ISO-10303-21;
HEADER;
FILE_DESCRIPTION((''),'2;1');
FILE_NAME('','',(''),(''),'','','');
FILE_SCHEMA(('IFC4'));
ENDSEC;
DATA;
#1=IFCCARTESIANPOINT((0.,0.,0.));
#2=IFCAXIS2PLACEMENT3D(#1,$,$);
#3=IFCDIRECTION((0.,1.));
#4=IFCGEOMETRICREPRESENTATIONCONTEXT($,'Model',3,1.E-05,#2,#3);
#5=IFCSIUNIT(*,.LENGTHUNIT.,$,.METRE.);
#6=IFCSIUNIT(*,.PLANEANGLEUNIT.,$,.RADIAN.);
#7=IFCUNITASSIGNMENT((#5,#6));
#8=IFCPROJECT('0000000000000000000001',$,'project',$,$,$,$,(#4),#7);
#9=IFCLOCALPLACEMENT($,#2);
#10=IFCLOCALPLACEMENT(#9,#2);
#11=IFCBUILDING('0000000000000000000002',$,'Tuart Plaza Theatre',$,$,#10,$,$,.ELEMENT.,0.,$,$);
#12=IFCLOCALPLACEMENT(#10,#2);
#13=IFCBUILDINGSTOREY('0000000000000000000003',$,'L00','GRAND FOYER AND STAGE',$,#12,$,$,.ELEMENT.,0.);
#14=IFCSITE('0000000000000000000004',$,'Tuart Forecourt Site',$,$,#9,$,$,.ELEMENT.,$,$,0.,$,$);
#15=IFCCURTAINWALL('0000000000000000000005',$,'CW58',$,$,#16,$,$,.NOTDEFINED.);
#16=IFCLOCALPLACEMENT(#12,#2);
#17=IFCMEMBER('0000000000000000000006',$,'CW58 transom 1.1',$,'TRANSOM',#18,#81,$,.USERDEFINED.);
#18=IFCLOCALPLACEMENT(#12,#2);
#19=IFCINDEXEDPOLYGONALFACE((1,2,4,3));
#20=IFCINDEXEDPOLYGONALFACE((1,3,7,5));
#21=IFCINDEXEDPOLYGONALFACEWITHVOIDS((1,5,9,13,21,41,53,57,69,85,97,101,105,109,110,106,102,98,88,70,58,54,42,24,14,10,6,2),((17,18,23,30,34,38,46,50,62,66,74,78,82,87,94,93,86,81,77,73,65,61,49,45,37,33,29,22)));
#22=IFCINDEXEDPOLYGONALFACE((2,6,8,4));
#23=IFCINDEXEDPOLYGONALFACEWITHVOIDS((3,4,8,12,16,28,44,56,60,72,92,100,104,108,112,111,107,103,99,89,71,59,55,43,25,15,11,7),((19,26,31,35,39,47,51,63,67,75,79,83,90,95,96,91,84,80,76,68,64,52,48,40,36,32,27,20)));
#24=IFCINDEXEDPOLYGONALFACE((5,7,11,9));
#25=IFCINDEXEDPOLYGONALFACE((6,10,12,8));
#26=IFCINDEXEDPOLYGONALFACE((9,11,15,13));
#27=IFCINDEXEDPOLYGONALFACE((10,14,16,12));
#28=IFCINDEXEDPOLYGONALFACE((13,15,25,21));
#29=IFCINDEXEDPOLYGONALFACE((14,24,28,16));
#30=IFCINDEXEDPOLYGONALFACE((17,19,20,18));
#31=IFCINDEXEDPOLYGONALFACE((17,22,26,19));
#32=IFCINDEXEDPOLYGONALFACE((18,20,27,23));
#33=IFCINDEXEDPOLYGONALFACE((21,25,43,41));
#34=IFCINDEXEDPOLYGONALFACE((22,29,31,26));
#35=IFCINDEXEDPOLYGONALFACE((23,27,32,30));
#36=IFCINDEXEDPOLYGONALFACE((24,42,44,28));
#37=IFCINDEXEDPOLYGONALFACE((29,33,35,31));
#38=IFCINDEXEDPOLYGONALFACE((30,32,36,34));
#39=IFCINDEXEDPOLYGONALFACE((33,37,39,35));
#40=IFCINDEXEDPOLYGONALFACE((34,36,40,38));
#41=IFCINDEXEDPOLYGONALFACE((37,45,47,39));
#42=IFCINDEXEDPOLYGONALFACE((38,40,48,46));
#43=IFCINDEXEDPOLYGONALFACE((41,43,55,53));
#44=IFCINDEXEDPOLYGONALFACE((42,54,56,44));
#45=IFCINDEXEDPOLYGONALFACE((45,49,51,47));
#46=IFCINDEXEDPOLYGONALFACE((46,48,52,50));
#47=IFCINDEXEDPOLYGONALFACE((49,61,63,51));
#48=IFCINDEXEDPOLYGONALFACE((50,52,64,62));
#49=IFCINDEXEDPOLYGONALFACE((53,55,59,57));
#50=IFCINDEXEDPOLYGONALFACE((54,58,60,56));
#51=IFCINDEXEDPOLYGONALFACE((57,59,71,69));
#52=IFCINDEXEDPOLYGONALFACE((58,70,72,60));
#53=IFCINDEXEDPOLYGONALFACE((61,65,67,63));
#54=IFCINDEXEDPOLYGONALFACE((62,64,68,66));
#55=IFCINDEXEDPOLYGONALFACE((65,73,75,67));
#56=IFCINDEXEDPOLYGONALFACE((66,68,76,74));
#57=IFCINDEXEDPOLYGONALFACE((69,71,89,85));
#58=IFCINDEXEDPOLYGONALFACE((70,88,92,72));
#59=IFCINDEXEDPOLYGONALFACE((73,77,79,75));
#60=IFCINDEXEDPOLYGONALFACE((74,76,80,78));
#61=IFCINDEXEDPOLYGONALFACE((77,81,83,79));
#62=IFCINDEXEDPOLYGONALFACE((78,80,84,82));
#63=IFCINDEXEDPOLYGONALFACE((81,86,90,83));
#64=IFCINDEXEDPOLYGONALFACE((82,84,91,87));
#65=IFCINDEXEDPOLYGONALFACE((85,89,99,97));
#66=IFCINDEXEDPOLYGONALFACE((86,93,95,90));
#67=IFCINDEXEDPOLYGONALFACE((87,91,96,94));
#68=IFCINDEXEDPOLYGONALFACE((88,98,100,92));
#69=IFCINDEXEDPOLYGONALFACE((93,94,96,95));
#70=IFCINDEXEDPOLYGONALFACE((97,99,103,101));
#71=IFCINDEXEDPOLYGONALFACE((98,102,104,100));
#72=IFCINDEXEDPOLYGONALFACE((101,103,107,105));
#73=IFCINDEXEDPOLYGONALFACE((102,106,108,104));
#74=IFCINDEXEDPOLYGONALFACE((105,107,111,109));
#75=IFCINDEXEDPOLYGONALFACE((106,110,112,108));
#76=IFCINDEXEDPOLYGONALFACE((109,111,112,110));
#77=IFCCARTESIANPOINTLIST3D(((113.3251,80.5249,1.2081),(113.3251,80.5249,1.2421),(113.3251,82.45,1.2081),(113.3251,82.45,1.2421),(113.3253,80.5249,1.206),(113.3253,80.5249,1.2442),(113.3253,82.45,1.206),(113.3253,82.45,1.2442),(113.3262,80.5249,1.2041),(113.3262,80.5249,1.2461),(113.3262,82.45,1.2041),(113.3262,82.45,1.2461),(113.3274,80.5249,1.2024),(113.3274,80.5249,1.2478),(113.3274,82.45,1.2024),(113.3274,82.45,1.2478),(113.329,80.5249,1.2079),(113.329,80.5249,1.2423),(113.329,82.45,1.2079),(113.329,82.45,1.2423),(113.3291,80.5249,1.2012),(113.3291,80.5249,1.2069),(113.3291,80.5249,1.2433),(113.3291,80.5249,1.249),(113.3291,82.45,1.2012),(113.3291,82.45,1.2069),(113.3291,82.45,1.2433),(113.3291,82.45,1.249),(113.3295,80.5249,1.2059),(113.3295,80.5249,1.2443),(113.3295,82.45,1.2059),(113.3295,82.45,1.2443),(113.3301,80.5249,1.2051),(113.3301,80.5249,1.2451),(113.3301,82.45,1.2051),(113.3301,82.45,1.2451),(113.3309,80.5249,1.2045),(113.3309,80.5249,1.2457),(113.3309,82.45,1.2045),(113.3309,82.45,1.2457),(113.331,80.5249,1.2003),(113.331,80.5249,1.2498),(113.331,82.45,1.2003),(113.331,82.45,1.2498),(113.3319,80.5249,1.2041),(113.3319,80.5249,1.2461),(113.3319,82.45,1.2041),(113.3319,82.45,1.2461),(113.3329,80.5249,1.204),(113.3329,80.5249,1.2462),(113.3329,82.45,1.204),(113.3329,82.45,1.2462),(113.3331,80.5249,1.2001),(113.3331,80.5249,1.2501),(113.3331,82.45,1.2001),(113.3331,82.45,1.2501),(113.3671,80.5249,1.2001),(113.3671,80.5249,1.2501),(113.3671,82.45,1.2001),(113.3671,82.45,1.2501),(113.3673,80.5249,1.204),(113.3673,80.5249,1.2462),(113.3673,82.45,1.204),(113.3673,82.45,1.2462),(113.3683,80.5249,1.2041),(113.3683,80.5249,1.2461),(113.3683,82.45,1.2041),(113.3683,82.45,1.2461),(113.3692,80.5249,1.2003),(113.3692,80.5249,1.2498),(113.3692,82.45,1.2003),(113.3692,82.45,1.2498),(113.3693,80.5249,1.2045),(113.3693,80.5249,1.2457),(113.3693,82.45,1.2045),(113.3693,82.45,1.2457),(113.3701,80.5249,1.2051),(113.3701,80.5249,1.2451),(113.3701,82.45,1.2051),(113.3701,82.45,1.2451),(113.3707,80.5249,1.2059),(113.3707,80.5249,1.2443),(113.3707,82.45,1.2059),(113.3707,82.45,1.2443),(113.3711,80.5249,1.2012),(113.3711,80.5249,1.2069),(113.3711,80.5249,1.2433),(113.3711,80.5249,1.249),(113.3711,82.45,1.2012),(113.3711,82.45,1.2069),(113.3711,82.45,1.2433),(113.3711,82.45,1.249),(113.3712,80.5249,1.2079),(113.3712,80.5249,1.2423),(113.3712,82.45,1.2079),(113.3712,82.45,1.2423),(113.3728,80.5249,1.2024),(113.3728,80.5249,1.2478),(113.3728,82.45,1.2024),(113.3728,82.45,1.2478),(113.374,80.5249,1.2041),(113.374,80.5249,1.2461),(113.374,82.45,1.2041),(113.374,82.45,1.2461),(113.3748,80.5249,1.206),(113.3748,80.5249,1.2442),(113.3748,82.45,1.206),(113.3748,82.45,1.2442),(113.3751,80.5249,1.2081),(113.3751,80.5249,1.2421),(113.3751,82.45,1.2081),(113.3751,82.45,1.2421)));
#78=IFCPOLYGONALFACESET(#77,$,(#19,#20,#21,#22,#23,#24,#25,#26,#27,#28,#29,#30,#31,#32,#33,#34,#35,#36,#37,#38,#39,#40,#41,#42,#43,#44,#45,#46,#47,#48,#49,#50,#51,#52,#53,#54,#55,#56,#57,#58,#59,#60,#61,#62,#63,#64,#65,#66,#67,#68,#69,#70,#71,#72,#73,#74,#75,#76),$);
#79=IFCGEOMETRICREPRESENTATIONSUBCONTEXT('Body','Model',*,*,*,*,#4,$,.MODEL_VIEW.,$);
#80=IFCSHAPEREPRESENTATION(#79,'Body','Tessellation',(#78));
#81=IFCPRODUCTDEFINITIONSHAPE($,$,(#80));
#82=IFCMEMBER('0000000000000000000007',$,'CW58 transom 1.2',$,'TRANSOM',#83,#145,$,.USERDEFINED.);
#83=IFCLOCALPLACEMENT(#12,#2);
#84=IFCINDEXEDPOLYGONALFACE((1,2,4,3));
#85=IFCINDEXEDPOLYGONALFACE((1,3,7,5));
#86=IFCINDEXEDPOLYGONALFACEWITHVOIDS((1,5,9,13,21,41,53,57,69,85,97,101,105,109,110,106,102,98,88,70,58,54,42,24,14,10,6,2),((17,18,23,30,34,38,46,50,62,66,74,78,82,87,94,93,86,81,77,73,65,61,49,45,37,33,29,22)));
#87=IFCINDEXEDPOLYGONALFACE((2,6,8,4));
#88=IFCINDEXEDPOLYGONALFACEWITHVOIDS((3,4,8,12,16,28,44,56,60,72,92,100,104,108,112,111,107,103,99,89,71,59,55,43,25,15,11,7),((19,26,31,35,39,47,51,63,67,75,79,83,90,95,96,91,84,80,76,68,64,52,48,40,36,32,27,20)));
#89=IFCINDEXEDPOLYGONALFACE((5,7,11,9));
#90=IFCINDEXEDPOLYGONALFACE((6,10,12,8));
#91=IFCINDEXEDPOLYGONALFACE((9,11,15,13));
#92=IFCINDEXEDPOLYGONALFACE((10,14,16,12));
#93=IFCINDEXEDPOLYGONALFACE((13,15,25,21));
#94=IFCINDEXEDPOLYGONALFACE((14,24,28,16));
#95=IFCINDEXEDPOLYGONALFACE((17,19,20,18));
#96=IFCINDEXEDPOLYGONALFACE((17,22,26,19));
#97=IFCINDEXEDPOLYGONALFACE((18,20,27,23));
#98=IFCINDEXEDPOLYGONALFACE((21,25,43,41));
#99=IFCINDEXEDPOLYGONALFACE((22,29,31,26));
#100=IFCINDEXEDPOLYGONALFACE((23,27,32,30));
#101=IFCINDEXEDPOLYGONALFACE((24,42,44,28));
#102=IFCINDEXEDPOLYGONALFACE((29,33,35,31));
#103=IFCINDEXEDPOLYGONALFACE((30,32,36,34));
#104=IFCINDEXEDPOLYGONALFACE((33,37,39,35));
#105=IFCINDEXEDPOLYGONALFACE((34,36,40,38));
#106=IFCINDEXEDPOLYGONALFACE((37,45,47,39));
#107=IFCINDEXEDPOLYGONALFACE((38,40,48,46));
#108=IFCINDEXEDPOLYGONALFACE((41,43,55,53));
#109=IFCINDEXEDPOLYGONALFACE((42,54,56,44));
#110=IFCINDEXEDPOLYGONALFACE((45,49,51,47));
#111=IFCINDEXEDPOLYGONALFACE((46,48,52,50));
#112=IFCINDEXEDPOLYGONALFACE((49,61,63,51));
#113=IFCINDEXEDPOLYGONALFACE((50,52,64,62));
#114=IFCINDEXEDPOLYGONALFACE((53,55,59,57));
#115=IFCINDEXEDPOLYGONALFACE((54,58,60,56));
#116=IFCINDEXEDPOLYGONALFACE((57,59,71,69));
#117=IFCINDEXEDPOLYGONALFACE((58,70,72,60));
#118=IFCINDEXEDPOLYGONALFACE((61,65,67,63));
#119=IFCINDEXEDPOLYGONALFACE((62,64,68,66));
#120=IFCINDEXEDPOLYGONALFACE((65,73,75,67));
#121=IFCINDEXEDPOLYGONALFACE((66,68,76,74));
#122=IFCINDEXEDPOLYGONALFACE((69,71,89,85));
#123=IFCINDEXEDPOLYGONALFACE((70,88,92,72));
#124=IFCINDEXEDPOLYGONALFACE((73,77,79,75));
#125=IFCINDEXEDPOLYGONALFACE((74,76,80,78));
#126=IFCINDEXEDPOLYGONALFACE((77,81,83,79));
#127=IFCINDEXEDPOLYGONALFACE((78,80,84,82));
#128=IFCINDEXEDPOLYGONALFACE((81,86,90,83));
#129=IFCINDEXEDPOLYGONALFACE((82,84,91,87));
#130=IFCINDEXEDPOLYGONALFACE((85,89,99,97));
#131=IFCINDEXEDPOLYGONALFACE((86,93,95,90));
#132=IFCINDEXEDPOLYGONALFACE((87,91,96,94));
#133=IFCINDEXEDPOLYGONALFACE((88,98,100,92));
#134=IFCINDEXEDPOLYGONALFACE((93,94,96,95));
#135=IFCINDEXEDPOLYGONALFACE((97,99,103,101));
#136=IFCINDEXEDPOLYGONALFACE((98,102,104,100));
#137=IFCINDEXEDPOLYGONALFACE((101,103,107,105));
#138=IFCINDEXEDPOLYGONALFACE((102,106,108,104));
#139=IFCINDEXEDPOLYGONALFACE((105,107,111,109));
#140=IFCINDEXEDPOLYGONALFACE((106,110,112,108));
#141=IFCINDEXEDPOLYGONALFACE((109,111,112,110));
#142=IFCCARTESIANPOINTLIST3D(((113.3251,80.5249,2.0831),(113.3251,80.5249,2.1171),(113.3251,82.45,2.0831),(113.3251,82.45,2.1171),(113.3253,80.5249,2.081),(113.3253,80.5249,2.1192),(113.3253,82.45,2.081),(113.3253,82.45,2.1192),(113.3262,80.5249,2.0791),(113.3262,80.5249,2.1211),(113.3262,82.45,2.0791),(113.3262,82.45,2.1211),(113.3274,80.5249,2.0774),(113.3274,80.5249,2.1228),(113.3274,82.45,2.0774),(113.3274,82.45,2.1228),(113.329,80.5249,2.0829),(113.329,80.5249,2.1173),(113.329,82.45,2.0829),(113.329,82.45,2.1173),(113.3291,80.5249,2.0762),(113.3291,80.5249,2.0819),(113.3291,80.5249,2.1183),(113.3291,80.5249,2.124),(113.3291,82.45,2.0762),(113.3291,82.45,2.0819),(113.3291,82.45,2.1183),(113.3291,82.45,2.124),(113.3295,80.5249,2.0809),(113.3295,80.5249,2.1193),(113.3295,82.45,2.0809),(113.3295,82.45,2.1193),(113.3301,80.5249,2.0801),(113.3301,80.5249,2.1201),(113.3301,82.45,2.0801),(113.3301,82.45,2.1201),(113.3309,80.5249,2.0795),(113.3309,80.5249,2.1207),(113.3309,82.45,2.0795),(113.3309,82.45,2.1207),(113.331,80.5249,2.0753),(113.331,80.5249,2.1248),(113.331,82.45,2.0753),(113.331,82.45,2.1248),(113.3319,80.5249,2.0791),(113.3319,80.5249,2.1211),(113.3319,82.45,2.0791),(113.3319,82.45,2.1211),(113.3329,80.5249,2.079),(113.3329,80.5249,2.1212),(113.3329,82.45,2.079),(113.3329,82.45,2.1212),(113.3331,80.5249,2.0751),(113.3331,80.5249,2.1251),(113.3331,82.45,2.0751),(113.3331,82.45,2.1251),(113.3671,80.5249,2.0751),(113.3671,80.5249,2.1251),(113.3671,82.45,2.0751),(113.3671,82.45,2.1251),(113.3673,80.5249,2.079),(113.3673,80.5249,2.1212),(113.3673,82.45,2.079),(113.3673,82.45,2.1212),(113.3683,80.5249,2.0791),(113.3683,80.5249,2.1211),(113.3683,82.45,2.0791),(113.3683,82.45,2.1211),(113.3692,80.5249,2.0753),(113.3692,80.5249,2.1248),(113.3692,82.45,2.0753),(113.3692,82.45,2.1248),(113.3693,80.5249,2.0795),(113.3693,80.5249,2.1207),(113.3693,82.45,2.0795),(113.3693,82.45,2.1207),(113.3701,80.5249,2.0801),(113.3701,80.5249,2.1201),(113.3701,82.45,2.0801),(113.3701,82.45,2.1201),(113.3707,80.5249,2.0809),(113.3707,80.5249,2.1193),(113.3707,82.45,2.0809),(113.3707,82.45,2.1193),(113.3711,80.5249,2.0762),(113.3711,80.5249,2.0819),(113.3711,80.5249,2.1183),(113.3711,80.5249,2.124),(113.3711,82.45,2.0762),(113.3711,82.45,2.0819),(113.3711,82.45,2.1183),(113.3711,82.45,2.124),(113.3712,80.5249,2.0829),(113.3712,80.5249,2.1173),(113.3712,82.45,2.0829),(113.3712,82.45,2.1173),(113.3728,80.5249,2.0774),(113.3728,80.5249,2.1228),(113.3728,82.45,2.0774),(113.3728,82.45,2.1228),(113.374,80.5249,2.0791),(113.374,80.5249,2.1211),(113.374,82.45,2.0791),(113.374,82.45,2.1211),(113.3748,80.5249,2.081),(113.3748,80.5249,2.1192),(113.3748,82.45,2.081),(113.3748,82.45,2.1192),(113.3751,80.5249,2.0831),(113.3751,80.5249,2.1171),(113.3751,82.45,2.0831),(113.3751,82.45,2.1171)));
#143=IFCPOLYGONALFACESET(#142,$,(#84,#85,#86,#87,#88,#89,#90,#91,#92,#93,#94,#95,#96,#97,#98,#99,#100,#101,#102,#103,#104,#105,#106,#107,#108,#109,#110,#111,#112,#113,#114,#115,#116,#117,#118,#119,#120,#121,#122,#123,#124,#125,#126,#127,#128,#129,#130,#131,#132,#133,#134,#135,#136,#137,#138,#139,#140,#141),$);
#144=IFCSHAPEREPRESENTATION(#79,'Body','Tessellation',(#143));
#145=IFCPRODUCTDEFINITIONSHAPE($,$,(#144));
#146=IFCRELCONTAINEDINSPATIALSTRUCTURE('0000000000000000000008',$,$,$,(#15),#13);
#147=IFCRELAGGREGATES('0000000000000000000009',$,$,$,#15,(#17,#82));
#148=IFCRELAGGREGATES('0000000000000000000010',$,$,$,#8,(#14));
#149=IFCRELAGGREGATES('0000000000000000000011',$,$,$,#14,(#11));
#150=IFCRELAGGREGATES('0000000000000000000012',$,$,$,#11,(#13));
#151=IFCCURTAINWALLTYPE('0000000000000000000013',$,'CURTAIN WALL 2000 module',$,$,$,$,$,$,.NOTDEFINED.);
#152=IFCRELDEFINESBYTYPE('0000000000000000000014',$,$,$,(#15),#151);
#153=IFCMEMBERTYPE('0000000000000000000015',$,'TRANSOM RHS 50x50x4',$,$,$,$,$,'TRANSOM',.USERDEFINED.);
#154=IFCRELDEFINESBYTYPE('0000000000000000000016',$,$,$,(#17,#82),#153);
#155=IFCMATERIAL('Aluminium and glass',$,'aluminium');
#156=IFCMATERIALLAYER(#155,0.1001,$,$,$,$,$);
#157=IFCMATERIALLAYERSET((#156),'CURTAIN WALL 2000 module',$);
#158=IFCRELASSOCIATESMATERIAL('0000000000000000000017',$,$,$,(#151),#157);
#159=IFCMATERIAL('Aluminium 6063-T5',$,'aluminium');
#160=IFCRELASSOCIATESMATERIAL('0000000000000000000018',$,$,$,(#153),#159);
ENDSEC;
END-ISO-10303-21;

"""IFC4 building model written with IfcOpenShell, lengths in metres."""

from ifc_helpers import new_model, si_unit, direction, frame, origin, origin_2d, place, context, subcontext, project, spatial, hollow_rectangle, extrude, material, layer, layer_set, material_profile, profile_set, type_object, element, aggregate, save


model = new_model("IFC4")

# Units and contexts
model_context = context("Model", 3, precision=1e-05, world=origin(), true_north=direction((0.0, 1.0)))
body_context = subcontext(model_context, "Body", "Model", "MODEL_VIEW")
ifc_project = project(units=[si_unit("LENGTHUNIT", "METRE"), si_unit("PLANEANGLEUNIT", "RADIAN")], contexts=[model_context])

# Site, building, storey
site_placement = place(None, origin())
site = spatial("IfcSite", under=ifc_project, at=site_placement, Name="Tuart Forecourt Site", CompositionType="ELEMENT", RefElevation=0.0)
building_placement = place(site_placement, origin())
building = spatial("IfcBuilding", under=site, at=building_placement, Name="Tuart Plaza Theatre", CompositionType="ELEMENT", ElevationOfRefHeight=0.0)
storey_placement = place(building_placement, origin())
storey = spatial("IfcBuildingStorey", under=building, at=storey_placement, Name="L00", Description="GRAND FOYER AND STAGE", CompositionType="ELEMENT", Elevation=0.0)

# Curtain wall
ifc_material_1 = material(Name="Aluminium and glass", Category="aluminium")
ifc_layer_1 = layer(ifc_material_1, 0.1001)
ifc_layer_set_1 = layer_set([ifc_layer_1], Name="CURTAIN WALL 2000 module")
curtain_wall_type = type_object("IfcCurtainWallType", Name="CURTAIN WALL 2000 module", PredefinedType="NOTDEFINED", material=ifc_layer_set_1)
curtain_wall_1_placement = place(storey_placement, origin())
curtain_wall_1 = element("IfcCurtainWall", 1, at=curtain_wall_1_placement, inside=storey, type_object=curtain_wall_type, Name="CW58", PredefinedType="NOTDEFINED")

# Members
ifc_material_2 = material(Name="Aluminium 6063-T5", Category="aluminium")
ifc_material_profile_1 = material_profile(ifc_material_2, hollow_rectangle(XDim=0.05, YDim=0.05, WallThickness=0.0039, InnerFilletRadius=0.0039, OuterFilletRadius=0.0081, at=origin_2d()), Name="RHS 50x50x4")
ifc_profile_set_1 = profile_set([ifc_material_profile_1], Name="Aluminium 6063-T5")
member_type_1 = type_object("IfcMemberType", Name="TRANSOM RHS 50x50x4", ElementType="TRANSOM", PredefinedType="USERDEFINED", material=ifc_profile_set_1)
member_1_placement = place(storey_placement, frame((113.3501, 82.45, 1.2251), z_axis=(0.0, -1.0, 0.0), x_axis=(1.0, 0.0, 0.0)))
member_1 = element("IfcMember", 2, at=member_1_placement, type_object=member_type_1, Name="CW58 transom 1.1", ObjectType="TRANSOM", PredefinedType="USERDEFINED", context=body_context, shape_type="SweptSolid", body=[
    extrude(hollow_rectangle(XDim=0.05, YDim=0.05, WallThickness=0.0039, InnerFilletRadius=0.0039, OuterFilletRadius=0.0081, at=origin_2d()), origin(), (0.0, 0.0, 1.0), 1.925),
])
member_2_placement = place(storey_placement, frame((113.3501, 82.45, 2.1001), z_axis=(0.0, -1.0, 0.0), x_axis=(1.0, 0.0, 0.0)))
member_2 = element("IfcMember", 3, at=member_2_placement, type_object=member_type_1, Name="CW58 transom 1.2", ObjectType="TRANSOM", PredefinedType="USERDEFINED", context=body_context, shape_type="SweptSolid", body=[
    extrude(hollow_rectangle(XDim=0.05, YDim=0.05, WallThickness=0.0039, InnerFilletRadius=0.0039, OuterFilletRadius=0.0081, at=origin_2d()), origin(), (0.0, 0.0, 1.0), 1.925),
])

aggregate(curtain_wall_1, [member_1, member_2])

save(model, "model.ifc")
